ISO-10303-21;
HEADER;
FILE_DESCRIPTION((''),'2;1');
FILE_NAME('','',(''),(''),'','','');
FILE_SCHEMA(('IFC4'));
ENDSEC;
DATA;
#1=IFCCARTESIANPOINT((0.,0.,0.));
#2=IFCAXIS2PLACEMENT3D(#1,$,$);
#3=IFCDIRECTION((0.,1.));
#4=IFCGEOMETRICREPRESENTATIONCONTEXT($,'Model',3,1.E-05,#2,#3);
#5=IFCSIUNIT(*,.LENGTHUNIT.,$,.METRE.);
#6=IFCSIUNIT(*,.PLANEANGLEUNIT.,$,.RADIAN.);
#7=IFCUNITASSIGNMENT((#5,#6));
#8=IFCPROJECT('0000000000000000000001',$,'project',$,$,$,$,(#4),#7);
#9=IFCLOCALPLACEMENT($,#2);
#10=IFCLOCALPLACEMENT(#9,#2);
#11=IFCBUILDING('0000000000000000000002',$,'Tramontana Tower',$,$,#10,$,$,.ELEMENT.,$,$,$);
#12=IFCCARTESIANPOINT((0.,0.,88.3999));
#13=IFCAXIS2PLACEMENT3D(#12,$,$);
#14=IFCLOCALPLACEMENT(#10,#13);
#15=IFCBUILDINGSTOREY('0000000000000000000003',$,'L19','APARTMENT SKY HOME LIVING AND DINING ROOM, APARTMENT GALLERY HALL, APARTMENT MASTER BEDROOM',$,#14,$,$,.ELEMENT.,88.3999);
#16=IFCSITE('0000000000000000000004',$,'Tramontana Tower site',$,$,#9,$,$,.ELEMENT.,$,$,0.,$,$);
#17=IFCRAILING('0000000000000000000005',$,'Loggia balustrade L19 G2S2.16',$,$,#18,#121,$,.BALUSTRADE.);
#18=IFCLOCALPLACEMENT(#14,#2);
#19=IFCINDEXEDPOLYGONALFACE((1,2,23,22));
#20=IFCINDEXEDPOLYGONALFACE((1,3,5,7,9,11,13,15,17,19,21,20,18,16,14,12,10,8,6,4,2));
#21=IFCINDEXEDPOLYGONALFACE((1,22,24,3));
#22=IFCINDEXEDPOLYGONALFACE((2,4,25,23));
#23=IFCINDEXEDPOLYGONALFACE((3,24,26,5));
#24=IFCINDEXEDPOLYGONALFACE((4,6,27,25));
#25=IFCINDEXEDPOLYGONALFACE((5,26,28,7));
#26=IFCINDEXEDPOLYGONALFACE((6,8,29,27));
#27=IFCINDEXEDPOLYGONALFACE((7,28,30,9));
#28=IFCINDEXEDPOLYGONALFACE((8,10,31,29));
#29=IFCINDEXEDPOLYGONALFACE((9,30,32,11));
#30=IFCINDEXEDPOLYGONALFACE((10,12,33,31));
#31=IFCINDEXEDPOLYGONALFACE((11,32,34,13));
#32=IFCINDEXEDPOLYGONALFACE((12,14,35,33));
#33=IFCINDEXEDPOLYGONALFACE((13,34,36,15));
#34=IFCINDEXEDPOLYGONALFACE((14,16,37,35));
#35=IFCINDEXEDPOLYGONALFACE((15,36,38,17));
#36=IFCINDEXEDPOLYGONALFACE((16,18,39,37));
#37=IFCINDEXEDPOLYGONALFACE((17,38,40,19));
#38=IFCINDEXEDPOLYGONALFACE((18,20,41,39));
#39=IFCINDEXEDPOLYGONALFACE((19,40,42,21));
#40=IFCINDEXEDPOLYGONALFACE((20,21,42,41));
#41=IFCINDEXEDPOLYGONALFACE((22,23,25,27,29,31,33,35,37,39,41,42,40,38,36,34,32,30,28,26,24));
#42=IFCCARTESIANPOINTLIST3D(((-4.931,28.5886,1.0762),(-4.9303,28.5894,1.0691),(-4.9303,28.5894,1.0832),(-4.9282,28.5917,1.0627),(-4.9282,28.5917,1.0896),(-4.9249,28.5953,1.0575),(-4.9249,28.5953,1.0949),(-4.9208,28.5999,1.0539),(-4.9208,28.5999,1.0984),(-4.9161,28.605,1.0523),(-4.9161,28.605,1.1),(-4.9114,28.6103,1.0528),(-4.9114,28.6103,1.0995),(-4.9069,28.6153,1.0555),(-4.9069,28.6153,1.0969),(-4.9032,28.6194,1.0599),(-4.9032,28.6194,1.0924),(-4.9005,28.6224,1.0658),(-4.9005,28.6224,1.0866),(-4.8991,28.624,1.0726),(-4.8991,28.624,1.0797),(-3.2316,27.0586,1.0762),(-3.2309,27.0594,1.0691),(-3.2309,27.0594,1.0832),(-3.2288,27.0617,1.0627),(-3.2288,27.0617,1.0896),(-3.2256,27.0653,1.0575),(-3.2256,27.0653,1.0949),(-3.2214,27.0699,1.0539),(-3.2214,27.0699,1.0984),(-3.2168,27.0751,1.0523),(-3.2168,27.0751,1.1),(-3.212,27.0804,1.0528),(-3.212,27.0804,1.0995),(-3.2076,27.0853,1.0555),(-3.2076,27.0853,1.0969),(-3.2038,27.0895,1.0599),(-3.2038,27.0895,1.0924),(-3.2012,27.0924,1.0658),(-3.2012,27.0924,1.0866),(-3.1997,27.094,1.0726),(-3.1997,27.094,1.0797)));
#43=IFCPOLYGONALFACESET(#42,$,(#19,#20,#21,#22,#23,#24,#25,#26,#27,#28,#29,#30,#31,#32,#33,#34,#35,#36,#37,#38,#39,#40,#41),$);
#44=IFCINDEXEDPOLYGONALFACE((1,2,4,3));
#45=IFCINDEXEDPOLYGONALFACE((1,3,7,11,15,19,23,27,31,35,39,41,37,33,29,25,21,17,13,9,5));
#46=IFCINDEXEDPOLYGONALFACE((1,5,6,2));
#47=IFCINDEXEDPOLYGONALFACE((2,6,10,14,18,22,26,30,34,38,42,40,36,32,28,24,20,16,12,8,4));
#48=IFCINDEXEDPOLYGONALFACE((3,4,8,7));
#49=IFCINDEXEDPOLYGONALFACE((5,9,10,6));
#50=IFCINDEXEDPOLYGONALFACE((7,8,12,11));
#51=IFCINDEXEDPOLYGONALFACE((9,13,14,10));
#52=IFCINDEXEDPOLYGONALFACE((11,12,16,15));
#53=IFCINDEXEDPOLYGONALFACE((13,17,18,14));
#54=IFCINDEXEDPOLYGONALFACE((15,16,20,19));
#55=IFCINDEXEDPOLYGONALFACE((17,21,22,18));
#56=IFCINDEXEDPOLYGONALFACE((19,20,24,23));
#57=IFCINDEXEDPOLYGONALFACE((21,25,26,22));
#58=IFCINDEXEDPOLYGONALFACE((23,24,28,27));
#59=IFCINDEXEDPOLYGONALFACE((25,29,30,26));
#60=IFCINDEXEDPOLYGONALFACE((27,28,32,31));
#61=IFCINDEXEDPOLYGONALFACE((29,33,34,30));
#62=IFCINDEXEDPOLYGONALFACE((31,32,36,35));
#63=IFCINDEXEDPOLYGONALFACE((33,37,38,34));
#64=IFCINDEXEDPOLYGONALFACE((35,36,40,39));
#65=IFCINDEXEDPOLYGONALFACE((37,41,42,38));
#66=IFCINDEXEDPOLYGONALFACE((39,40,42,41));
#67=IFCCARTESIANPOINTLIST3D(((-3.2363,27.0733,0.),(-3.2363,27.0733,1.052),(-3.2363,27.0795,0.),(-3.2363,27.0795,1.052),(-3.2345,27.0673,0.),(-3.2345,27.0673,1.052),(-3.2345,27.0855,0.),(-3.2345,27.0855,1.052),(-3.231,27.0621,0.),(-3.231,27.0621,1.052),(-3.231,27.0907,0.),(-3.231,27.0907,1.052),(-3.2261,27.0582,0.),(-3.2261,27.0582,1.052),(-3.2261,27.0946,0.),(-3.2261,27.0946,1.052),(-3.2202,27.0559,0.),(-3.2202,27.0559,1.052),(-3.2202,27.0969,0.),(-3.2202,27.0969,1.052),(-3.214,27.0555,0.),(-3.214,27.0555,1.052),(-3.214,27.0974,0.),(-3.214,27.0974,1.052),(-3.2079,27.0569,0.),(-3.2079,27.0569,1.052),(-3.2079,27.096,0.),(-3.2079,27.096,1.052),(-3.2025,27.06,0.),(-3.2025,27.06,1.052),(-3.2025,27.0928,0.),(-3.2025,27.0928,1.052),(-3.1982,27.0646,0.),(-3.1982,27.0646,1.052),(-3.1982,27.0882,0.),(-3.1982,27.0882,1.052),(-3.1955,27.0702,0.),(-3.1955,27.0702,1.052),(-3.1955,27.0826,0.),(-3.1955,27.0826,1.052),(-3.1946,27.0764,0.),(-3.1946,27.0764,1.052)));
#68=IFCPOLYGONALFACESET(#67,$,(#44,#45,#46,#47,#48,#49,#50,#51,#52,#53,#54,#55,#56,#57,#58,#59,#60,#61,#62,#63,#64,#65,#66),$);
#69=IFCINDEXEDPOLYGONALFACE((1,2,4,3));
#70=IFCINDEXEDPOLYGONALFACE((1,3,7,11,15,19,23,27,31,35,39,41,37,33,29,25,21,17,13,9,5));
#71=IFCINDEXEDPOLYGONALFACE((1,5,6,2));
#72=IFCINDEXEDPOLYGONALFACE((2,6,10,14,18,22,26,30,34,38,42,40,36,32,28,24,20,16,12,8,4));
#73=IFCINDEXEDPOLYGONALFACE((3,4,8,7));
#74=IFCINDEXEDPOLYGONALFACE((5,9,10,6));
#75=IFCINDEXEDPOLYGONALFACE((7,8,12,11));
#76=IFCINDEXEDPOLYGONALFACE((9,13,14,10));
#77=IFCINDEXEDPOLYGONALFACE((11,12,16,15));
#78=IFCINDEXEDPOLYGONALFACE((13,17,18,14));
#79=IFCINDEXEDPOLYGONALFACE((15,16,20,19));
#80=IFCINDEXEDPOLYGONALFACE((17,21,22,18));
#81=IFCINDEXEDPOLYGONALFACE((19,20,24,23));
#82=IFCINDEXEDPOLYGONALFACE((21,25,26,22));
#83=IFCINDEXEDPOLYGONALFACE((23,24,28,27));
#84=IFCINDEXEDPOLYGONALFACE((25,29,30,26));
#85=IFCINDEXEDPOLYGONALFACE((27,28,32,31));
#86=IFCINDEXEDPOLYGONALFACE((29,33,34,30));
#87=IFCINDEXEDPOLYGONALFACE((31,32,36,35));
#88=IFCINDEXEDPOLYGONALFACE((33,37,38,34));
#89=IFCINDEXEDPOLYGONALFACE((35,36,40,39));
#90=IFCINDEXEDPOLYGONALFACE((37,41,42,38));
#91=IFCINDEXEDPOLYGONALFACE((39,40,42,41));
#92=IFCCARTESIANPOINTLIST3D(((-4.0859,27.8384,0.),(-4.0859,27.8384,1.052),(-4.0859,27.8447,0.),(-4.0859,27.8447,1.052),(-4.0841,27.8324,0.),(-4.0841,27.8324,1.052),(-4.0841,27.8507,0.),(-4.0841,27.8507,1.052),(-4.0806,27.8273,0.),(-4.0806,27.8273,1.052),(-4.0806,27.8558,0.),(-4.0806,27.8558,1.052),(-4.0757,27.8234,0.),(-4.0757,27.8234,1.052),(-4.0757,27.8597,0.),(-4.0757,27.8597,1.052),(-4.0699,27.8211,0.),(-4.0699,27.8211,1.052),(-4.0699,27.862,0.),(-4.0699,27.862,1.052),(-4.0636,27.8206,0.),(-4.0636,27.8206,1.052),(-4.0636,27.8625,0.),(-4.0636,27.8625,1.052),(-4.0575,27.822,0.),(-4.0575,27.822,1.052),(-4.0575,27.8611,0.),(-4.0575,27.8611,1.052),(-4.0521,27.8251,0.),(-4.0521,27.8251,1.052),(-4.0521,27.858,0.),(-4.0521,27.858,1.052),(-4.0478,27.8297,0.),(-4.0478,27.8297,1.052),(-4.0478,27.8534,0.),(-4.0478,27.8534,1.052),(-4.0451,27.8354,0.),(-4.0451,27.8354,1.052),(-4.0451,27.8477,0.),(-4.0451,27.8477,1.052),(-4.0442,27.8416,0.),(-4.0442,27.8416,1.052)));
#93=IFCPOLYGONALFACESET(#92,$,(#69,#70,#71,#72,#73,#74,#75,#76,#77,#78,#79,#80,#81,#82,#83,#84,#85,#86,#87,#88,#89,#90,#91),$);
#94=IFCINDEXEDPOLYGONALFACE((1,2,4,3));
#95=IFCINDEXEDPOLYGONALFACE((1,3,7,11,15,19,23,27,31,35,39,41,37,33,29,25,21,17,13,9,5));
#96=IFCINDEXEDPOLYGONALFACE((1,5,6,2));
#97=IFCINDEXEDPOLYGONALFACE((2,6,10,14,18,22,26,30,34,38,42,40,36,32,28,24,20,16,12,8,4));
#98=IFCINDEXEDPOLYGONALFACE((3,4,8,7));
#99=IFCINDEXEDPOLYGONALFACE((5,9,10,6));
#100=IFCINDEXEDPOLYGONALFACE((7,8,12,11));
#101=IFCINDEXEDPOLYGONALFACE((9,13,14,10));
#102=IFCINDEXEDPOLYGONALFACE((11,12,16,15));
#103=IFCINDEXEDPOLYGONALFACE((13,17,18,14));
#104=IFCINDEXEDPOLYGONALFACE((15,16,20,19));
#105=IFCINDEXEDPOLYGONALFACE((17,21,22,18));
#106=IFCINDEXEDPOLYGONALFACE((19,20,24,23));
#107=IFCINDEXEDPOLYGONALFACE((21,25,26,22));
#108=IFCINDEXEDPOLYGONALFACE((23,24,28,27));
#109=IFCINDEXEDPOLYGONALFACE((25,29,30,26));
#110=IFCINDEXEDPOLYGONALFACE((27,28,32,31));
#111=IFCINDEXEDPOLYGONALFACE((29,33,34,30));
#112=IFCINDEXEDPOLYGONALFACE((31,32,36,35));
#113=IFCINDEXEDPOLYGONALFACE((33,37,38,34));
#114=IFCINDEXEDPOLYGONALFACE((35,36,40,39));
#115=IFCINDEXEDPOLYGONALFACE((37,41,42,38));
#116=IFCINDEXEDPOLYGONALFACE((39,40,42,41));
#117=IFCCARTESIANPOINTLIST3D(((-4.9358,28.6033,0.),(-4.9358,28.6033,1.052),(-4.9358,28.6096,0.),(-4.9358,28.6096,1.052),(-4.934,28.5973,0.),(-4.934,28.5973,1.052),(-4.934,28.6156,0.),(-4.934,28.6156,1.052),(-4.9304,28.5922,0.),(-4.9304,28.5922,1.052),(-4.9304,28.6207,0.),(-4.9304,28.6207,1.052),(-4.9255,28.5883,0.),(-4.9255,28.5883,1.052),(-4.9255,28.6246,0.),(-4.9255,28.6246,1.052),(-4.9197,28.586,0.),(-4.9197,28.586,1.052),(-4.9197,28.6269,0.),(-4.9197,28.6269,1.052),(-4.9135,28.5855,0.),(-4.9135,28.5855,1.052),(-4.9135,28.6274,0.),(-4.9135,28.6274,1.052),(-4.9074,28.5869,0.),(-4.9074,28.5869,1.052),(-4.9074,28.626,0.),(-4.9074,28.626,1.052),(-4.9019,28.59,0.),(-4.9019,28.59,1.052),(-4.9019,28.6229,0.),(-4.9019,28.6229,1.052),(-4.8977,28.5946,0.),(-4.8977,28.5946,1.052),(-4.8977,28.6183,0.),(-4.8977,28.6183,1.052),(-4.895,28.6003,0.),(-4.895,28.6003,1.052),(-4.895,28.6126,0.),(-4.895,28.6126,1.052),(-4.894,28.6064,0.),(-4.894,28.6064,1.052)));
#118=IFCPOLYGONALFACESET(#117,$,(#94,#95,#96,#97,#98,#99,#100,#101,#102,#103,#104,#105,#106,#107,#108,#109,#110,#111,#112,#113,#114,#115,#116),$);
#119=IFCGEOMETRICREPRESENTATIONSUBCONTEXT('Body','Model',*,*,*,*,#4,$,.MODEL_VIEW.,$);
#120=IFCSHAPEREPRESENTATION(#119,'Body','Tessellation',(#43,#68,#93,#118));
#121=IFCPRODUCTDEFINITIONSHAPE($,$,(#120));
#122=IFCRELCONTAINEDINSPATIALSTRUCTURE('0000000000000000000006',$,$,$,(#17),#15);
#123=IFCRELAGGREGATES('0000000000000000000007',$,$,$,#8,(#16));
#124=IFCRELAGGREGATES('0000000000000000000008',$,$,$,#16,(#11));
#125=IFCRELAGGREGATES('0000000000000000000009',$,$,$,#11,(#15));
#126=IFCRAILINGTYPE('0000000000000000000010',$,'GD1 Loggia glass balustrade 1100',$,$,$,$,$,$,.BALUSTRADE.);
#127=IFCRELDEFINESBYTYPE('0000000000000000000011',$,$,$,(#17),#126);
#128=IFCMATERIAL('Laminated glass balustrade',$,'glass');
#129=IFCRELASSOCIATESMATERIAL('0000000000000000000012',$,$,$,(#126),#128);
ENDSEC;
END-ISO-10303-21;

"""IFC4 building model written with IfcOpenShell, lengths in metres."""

from ifc_helpers import new_model, si_unit, direction, frame, origin, origin_2d, place, context, subcontext, project, spatial, circle, extrude, material, type_object, element, save


model = new_model("IFC4")

# Units and contexts
model_context = context("Model", 3, precision=1e-05, world=origin(), true_north=direction((0.0, 1.0)))
body_context = subcontext(model_context, "Body", "Model", "MODEL_VIEW")
ifc_project = project(units=[si_unit("LENGTHUNIT", "METRE"), si_unit("PLANEANGLEUNIT", "RADIAN")], contexts=[model_context])

# Site, building, storey
site_placement = place(None, origin())
site = spatial("IfcSite", under=ifc_project, at=site_placement, Name="Tramontana Tower site", CompositionType="ELEMENT", RefElevation=0.0)
building_placement = place(site_placement, origin())
building = spatial("IfcBuilding", under=site, at=building_placement, Name="Tramontana Tower", CompositionType="ELEMENT")
storey_placement = place(building_placement, frame((0.0, 0.0, 88.3999)))
storey = spatial("IfcBuildingStorey", under=building, at=storey_placement, Name="L19", Description="APARTMENT SKY HOME LIVING AND DINING ROOM, APARTMENT GALLERY HALL, APARTMENT MASTER BEDROOM", CompositionType="ELEMENT", Elevation=88.3999)

# Railing
ifc_material_1 = material(Name="Laminated glass balustrade", Category="glass")
railing_type = type_object("IfcRailingType", Name="GD1 Loggia glass balustrade 1100", PredefinedType="BALUSTRADE", material=ifc_material_1)
railing_1_placement = place(storey_placement, frame((-3.2156, 27.0764, 0.0)))
element("IfcRailing", 1, at=railing_1_placement, inside=storey, type_object=railing_type, Name="Loggia balustrade L19 G2S2.16", PredefinedType="BALUSTRADE", context=body_context, shape_type="SweptSolid", body=[
    extrude(circle(Radius=0.0239, at=origin_2d()), frame((0.0, 0.0, 1.0762), z_axis=(-0.743183, 0.669089, 0.0), x_axis=(-0.669089, -0.743183, 0.0)), (0.0, 0.0, 1.0), 2.2866),
    extrude(circle(Radius=0.021, at=origin_2d()), origin(), (0.0, 0.0, 1.0), 1.052),
    extrude(circle(Radius=0.021, at=origin_2d()), frame((-0.8496, 0.7651, 0.0)), (0.0, 0.0, 1.0), 1.052),
    extrude(circle(Radius=0.021, at=origin_2d()), frame((-1.6995, 1.53, 0.0)), (0.0, 0.0, 1.0), 1.052),
])

save(model, "model.ifc")
